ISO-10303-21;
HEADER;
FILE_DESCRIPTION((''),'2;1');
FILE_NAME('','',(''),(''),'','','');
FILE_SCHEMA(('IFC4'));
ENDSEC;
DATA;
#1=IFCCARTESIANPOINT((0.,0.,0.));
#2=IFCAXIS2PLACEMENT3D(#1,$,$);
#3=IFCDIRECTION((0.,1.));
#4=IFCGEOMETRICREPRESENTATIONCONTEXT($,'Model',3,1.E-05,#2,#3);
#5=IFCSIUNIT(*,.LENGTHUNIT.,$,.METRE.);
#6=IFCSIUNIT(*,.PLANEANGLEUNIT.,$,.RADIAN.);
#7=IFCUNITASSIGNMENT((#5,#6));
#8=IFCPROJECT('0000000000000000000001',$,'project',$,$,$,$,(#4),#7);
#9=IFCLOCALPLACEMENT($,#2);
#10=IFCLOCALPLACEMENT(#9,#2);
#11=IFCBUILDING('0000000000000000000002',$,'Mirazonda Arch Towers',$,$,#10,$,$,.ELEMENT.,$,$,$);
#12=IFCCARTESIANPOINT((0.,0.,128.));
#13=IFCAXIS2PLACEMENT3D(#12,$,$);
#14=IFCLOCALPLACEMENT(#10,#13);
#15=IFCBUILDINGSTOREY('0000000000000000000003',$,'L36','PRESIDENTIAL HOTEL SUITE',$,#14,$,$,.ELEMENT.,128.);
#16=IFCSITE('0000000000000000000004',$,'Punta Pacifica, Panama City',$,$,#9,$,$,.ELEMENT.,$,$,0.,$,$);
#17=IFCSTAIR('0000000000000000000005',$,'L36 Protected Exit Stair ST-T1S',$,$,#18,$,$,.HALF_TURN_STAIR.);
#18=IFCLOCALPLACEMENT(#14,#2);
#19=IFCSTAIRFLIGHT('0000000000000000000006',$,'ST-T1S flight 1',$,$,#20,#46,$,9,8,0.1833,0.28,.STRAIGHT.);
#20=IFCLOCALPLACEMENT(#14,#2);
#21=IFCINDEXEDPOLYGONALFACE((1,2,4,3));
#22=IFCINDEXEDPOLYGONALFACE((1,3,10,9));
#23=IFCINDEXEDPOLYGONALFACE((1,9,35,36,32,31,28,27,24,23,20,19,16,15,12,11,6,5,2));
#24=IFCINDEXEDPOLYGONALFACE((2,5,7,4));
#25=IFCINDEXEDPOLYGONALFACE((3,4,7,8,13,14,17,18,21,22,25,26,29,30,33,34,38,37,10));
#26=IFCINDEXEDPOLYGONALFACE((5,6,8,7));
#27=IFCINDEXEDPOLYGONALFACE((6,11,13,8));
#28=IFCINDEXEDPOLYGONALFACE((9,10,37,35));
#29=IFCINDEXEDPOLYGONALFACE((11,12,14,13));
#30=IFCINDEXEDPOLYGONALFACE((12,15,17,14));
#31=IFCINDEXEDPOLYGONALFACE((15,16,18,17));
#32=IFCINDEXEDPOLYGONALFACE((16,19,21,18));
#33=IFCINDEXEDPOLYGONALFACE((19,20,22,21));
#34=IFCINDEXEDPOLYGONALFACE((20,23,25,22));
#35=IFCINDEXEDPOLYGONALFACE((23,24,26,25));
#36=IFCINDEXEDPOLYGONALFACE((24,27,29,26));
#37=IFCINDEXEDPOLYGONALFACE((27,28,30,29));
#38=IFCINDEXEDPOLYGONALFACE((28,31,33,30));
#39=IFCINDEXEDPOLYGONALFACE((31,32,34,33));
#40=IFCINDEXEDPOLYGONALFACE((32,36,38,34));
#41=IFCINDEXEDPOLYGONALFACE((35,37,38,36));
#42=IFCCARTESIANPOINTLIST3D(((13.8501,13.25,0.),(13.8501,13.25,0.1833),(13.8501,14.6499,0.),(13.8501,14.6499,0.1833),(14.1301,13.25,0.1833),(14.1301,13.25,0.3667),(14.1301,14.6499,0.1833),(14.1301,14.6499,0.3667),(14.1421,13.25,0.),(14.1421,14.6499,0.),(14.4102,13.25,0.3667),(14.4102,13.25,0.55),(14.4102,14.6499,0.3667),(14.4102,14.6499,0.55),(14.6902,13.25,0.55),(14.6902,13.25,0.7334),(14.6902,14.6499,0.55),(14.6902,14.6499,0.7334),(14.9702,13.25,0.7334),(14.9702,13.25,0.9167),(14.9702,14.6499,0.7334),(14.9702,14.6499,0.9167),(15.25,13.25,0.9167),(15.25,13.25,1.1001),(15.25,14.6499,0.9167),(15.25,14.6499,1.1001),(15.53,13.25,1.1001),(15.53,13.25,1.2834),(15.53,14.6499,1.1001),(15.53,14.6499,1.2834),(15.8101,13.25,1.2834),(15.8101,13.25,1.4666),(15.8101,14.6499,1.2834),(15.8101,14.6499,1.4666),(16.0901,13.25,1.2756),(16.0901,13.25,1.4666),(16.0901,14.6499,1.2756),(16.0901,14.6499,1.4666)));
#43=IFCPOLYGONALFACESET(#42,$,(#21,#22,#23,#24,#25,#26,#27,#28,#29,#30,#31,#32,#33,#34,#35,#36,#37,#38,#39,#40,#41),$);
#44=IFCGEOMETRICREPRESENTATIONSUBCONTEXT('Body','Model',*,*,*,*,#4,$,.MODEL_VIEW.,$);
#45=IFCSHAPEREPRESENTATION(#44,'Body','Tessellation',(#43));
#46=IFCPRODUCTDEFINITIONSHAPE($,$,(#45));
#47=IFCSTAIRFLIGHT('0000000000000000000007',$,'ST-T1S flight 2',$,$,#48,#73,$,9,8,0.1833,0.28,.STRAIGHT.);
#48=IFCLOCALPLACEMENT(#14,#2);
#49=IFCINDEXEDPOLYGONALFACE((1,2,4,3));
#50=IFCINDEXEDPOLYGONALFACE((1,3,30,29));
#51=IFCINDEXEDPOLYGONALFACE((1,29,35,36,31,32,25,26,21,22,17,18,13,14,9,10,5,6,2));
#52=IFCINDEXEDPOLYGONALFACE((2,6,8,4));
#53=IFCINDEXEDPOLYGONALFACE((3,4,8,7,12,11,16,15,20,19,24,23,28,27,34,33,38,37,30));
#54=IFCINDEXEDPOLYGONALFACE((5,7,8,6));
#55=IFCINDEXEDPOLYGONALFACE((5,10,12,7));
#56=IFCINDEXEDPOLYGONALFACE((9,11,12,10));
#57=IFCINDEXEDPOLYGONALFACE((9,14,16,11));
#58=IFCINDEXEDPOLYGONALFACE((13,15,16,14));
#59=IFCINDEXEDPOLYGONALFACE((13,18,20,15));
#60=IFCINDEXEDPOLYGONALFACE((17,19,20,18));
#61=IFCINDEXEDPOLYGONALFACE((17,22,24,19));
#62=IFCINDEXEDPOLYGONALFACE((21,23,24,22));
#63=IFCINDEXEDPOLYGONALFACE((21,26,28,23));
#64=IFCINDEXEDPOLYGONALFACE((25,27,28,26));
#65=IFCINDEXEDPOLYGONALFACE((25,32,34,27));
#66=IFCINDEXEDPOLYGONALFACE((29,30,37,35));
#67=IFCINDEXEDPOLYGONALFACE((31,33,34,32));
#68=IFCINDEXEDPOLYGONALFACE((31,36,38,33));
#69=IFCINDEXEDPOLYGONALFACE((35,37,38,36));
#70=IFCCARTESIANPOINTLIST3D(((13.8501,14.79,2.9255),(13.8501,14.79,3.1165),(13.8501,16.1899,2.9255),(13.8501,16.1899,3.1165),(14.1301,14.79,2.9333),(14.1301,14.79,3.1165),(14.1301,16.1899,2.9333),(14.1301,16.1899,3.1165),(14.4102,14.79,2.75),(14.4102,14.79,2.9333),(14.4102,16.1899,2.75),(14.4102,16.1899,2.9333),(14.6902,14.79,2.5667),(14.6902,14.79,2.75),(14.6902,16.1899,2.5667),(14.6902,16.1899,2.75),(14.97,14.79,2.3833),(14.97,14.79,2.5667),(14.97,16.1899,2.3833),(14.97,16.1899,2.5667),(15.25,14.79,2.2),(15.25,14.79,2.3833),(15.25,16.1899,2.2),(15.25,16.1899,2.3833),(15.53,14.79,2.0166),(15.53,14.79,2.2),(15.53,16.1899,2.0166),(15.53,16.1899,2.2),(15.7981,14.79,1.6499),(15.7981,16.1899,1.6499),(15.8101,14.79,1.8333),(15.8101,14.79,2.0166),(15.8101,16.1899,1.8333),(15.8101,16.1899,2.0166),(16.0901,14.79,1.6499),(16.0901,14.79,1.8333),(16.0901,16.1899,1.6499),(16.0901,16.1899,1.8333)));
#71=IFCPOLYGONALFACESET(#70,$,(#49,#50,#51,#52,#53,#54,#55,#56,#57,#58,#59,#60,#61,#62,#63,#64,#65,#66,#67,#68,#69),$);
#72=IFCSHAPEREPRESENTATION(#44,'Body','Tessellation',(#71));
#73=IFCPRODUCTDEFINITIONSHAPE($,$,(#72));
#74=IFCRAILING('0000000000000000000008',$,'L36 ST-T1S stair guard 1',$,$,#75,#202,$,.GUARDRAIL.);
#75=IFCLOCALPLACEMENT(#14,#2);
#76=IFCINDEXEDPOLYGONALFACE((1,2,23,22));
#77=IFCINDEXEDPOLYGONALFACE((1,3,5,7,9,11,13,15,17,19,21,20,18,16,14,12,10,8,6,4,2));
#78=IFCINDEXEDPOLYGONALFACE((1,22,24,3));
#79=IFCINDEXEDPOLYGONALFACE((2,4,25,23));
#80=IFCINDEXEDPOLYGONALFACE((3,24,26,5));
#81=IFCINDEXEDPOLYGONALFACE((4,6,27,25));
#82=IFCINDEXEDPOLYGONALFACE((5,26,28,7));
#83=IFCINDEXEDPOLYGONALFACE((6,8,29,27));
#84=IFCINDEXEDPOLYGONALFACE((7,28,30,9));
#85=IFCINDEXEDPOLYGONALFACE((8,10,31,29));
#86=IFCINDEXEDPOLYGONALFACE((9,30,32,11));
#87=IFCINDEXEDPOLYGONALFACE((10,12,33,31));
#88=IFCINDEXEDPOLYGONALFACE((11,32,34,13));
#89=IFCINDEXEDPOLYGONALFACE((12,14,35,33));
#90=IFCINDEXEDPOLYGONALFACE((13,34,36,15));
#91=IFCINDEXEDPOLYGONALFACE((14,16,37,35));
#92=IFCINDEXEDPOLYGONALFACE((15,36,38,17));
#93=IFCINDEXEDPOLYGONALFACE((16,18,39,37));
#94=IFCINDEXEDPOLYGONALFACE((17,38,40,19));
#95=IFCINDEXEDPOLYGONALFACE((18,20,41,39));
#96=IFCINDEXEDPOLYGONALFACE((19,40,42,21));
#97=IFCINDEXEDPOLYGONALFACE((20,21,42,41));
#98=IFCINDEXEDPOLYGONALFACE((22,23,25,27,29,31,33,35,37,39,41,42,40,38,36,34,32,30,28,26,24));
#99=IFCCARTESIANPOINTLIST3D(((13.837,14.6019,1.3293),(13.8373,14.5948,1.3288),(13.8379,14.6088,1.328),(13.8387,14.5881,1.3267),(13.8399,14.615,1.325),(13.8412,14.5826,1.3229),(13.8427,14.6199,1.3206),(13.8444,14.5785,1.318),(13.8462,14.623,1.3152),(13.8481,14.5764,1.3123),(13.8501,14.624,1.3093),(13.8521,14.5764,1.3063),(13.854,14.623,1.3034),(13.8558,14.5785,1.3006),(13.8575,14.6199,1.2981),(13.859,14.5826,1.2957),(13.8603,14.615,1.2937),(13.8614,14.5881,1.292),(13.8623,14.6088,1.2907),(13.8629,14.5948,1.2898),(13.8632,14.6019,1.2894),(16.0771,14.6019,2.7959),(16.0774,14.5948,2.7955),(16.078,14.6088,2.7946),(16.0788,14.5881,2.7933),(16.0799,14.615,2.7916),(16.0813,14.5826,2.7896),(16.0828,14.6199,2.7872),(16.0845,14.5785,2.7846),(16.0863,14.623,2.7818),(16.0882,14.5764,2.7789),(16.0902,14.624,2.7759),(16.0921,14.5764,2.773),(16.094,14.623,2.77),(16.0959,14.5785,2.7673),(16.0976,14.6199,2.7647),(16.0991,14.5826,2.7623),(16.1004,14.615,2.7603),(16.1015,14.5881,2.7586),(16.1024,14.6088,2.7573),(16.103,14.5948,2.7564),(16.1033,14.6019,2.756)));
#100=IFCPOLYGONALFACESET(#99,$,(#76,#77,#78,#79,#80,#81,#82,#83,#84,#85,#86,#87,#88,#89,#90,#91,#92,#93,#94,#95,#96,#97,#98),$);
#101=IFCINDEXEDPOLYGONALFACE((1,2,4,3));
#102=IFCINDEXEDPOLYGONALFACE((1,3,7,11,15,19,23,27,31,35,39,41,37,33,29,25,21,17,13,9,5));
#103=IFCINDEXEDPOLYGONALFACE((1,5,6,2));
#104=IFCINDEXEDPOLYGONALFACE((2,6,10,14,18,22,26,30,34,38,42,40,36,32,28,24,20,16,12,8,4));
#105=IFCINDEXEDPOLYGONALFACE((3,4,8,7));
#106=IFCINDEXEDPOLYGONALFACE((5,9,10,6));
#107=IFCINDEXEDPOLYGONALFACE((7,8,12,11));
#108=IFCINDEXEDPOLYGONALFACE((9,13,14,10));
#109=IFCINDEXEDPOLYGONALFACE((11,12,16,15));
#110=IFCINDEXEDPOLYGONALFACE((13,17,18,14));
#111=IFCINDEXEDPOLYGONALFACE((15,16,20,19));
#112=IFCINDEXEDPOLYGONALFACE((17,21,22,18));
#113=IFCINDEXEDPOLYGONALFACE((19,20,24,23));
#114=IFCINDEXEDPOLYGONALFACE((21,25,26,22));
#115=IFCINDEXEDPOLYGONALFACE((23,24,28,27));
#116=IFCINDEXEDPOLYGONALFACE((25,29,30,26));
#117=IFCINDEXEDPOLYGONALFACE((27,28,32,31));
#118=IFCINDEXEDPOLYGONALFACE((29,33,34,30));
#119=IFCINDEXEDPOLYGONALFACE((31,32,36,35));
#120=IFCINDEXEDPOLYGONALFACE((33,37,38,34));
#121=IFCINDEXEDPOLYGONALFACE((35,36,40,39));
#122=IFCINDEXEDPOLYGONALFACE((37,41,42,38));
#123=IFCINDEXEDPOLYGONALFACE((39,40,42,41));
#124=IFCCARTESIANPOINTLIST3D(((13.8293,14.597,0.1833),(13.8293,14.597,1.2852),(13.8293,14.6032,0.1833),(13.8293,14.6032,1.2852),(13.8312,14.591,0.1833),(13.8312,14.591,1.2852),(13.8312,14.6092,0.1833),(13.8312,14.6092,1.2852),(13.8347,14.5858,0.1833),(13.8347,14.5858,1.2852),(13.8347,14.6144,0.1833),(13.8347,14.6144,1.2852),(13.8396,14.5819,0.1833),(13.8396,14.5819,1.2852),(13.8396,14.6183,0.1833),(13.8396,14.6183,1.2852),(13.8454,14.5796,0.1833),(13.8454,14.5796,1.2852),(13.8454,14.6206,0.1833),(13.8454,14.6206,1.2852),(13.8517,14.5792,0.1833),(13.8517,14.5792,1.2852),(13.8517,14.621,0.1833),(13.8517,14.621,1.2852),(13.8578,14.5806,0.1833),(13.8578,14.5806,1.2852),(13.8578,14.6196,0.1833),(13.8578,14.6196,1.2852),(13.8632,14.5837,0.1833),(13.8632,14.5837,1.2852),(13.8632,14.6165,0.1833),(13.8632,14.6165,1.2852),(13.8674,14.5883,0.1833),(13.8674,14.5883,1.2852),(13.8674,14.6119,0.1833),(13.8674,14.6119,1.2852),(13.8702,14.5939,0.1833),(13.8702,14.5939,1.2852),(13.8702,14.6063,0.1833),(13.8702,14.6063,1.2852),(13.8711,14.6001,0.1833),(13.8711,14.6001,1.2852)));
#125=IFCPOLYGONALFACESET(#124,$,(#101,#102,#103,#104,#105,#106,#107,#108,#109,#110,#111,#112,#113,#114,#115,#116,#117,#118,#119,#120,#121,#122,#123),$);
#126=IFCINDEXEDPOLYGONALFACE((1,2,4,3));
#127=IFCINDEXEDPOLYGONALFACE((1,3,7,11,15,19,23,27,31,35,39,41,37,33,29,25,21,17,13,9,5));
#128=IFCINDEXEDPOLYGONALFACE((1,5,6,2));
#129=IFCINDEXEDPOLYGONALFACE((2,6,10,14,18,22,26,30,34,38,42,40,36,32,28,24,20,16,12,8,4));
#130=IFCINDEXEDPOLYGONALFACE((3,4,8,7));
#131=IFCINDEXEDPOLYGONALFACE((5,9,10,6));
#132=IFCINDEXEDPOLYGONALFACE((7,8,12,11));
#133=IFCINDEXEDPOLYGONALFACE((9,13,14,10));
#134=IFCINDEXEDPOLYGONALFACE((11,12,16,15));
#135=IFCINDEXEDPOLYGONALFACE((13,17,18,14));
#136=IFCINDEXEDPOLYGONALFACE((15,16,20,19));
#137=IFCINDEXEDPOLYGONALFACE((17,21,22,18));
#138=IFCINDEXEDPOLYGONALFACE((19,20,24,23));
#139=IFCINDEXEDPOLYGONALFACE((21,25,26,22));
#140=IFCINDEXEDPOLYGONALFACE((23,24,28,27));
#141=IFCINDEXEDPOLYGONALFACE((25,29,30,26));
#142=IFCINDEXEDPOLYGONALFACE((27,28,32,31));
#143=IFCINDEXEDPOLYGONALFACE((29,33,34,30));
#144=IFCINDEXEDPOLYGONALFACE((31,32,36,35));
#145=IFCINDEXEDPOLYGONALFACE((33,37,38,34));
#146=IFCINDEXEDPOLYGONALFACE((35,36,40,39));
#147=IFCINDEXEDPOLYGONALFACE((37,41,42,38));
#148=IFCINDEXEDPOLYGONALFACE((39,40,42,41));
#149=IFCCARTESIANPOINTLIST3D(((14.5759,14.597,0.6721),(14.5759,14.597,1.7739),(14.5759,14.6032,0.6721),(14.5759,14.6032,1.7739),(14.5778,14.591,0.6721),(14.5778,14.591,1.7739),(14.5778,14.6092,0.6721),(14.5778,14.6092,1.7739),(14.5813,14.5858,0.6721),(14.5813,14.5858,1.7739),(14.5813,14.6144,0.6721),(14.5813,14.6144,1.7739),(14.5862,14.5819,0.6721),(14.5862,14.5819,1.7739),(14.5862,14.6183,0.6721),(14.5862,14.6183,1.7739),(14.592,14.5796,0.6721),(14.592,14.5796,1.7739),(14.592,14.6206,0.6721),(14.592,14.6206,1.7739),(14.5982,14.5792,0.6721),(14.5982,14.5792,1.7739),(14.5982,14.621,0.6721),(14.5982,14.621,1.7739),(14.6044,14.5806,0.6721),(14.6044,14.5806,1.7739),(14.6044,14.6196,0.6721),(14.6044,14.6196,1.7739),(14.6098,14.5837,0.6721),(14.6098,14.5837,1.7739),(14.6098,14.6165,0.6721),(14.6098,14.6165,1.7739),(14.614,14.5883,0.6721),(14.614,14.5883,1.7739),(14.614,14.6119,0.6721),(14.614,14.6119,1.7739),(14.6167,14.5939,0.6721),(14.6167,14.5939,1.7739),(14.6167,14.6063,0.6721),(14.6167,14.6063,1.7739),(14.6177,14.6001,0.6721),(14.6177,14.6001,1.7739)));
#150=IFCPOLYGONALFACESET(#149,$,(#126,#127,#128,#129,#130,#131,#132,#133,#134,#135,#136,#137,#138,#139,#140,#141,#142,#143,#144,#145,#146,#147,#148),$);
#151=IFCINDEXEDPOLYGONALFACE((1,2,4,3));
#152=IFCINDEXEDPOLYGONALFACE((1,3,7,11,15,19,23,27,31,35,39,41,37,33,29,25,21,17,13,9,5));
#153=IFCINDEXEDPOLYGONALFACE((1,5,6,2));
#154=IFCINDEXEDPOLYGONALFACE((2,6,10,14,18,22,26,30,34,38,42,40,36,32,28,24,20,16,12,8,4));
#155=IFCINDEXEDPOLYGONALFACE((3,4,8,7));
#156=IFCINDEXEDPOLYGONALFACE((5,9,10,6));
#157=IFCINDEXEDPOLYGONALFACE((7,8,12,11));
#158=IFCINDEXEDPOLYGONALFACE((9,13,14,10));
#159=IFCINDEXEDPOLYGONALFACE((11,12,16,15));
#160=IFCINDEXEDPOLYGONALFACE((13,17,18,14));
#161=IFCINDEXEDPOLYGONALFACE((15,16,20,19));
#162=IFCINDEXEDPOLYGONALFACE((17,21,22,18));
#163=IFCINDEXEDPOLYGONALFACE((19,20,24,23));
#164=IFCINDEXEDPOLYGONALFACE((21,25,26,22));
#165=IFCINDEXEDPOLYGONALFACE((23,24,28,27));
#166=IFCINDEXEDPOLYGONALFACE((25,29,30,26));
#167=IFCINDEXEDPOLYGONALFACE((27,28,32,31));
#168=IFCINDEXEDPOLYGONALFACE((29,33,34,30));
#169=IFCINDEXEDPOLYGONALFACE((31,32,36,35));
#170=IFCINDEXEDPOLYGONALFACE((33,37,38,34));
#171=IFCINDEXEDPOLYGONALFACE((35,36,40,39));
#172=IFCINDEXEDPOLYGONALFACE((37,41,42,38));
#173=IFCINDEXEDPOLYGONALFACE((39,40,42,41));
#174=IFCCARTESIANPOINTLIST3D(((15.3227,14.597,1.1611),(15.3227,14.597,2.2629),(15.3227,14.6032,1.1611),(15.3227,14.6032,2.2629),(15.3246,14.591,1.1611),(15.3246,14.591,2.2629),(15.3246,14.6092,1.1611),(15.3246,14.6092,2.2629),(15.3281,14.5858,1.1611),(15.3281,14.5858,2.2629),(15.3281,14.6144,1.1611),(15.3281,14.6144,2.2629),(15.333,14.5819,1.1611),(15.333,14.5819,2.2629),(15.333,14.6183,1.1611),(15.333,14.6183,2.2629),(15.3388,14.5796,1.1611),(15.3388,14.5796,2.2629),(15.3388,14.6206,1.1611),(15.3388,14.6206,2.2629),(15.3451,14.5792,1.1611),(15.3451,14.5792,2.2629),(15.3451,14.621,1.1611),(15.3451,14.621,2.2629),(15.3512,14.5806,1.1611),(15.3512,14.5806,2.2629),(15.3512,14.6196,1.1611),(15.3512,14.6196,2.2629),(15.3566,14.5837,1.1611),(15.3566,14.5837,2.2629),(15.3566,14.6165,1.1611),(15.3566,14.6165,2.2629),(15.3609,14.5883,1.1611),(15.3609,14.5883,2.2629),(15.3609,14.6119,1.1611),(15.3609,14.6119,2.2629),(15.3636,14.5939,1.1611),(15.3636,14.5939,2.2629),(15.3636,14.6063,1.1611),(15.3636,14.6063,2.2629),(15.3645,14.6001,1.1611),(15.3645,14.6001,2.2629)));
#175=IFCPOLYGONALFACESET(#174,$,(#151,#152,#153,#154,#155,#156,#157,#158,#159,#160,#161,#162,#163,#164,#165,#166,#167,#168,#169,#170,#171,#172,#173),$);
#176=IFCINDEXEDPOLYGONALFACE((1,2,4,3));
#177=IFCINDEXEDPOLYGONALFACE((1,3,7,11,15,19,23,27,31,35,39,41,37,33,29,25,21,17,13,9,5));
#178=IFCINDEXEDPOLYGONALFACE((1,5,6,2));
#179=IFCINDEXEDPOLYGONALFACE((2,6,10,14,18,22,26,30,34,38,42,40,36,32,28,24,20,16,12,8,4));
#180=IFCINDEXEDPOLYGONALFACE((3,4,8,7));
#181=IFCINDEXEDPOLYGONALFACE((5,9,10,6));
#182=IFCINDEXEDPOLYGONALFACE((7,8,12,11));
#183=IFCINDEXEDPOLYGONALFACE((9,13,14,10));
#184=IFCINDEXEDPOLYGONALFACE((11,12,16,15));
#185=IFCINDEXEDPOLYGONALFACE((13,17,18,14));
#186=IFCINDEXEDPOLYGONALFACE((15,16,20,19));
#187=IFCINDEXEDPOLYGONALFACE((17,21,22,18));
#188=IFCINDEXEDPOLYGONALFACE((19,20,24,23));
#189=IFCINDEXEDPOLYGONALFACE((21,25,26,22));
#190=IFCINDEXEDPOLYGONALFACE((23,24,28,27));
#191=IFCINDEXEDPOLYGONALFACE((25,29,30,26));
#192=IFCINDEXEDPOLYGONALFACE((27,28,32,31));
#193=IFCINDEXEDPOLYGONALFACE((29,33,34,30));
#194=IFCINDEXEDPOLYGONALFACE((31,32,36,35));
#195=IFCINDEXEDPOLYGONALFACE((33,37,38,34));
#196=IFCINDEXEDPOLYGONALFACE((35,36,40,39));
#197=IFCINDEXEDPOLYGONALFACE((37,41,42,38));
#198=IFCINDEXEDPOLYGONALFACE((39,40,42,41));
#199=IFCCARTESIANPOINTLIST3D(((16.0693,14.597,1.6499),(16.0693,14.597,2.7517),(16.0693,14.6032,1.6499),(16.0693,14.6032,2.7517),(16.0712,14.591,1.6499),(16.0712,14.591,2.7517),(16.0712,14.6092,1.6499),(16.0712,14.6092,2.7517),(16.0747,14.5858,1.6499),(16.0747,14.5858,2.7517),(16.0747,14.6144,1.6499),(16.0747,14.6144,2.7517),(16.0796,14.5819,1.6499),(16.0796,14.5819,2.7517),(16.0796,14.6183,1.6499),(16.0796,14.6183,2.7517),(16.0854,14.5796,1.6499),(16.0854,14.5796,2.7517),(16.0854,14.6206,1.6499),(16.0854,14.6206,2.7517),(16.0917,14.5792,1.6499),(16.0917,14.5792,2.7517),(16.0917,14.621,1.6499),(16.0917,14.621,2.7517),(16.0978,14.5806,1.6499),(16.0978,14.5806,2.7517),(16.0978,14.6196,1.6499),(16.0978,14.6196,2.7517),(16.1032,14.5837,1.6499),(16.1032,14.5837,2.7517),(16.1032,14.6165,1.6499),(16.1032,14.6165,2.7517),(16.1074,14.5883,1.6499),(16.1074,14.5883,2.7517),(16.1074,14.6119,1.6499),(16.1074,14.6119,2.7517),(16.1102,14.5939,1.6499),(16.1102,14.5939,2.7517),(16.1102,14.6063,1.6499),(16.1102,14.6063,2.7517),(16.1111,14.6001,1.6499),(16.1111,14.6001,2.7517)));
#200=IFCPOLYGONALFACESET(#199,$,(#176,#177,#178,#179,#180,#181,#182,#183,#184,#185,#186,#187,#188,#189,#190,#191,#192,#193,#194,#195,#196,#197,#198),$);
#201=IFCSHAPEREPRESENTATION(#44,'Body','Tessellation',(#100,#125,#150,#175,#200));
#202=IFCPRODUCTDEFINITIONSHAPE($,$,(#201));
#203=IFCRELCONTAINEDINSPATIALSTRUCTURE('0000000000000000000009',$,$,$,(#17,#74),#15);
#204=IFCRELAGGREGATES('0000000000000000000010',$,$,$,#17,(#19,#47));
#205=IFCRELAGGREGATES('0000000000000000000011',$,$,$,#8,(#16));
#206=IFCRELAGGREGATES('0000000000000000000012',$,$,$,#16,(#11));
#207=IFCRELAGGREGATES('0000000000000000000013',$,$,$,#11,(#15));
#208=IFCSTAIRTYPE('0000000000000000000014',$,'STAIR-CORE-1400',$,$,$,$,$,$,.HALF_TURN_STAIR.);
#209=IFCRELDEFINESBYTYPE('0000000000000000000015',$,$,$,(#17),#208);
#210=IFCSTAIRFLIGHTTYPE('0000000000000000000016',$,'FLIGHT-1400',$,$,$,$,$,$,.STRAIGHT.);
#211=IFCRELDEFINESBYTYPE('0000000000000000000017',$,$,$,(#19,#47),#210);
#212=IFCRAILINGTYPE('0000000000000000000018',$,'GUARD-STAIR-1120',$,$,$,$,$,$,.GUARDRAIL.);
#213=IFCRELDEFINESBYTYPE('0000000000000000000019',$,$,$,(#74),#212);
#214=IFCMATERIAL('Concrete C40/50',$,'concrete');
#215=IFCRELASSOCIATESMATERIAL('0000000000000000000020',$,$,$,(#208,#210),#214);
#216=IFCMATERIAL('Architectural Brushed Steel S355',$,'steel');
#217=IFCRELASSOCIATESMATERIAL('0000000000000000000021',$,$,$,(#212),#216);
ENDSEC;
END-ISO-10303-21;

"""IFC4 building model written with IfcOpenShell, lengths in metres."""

from ifc_helpers import new_model, si_unit, direction, frame, origin, origin_2d, place, context, subcontext, project, spatial, polyline, circle, outline, extrude, material, type_object, element, aggregate, save


model = new_model("IFC4")

# Units and contexts
model_context = context("Model", 3, precision=1e-05, world=origin(), true_north=direction((0.0, 1.0)))
body_context = subcontext(model_context, "Body", "Model", "MODEL_VIEW")
ifc_project = project(units=[si_unit("LENGTHUNIT", "METRE"), si_unit("PLANEANGLEUNIT", "RADIAN")], contexts=[model_context])

# Site, building, storey
site_placement = place(None, origin())
site = spatial("IfcSite", under=ifc_project, at=site_placement, Name="Punta Pacifica, Panama City", CompositionType="ELEMENT", RefElevation=0.0)
building_placement = place(site_placement, origin())
building = spatial("IfcBuilding", under=site, at=building_placement, Name="Mirazonda Arch Towers", CompositionType="ELEMENT")
storey_placement = place(building_placement, frame((0.0, 0.0, 128.0)))
storey = spatial("IfcBuildingStorey", under=building, at=storey_placement, Name="L36", Description="PRESIDENTIAL HOTEL SUITE", CompositionType="ELEMENT", Elevation=128.0)

# Shared definitions
ifc_material_1 = material(Name="Architectural Brushed Steel S355", Category="steel")

# Shared definitions
ifc_material_2 = material(Name="Concrete C40/50", Category="concrete")

# Stair, stair flights
stair_type = type_object("IfcStairType", Name="STAIR-CORE-1400", PredefinedType="HALF_TURN_STAIR", material=ifc_material_2)
stair_placement = place(storey_placement, origin())
stair = element("IfcStair", 1, at=stair_placement, inside=storey, type_object=stair_type, Name="L36 Protected Exit Stair ST-T1S", PredefinedType="HALF_TURN_STAIR")
stair_flight_type = type_object("IfcStairFlightType", Name="FLIGHT-1400", PredefinedType="STRAIGHT", material=ifc_material_2)
stair_flight_1_placement = place(storey_placement, frame((13.8501, 13.95, 0.0), z_axis=(0.0, 0.0, 1.0), x_axis=(1.0, 0.0, 0.0)))
stair_flight_1 = element("IfcStairFlight", 2, at=stair_flight_1_placement, type_object=stair_flight_type, Name="ST-T1S flight 1", NumberOfRisers=9, NumberOfTreads=8, PredefinedType="STRAIGHT", RiserHeight=0.1833, TreadLength=0.28, context=body_context, shape_type="SweptSolid", body=[
    extrude(outline(polyline([(0.0, 0.0), (0.0, 0.1833), (0.28, 0.1833), (0.28, 0.3667), (0.5601, 0.3667), (0.5601, 0.55), (0.8401, 0.55), (0.8401, 0.7334), (1.1201, 0.7334), (1.1201, 0.9167), (1.3999, 0.9167), (1.3999, 1.1001), (1.6799, 1.1001), (1.6799, 1.2834), (1.96, 1.2834), (1.96, 1.4666), (2.24, 1.4666), (2.24, 1.6499), (2.24, 1.2756), (0.292, 0.0), (0.0, 0.0)])), frame((0.0, 0.7, 0.0), z_axis=(0.0, -1.0, 0.0), x_axis=(1.0, 0.0, 0.0)), (0.0, 0.0, 1.0), 1.3999),
])
stair_flight_2_placement = place(storey_placement, frame((16.0901, 15.49, 1.6499), z_axis=(0.0, 0.0, 1.0), x_axis=(-1.0, 0.0, 0.0)))
stair_flight_2 = element("IfcStairFlight", 3, at=stair_flight_2_placement, type_object=stair_flight_type, Name="ST-T1S flight 2", NumberOfRisers=9, NumberOfTreads=8, PredefinedType="STRAIGHT", RiserHeight=0.1833, TreadLength=0.28, context=body_context, shape_type="SweptSolid", body=[
    extrude(outline(polyline([(0.0, 0.0), (0.0, 0.1833), (0.28, 0.1833), (0.28, 0.3667), (0.5601, 0.3667), (0.5601, 0.55), (0.8401, 0.55), (0.8401, 0.7334), (1.1201, 0.7334), (1.1201, 0.9167), (1.3999, 0.9167), (1.3999, 1.1001), (1.6799, 1.1001), (1.6799, 1.2834), (1.96, 1.2834), (1.96, 1.4666), (2.24, 1.4666), (2.24, 1.6499), (2.24, 1.2756), (0.292, 0.0), (0.0, 0.0)])), frame((0.0, 0.7, 0.0), z_axis=(0.0, -1.0, 0.0), x_axis=(1.0, 0.0, 0.0)), (0.0, 0.0, 1.0), 1.3999),
])
aggregate(stair, [stair_flight_1, stair_flight_2])

# Railing
railing_type_1 = type_object("IfcRailingType", Name="GUARD-STAIR-1120", PredefinedType="GUARDRAIL", material=ifc_material_1)
railing_1_placement = place(storey_placement, frame((13.8501, 14.6001, 0.1833)))
element("IfcRailing", 4, at=railing_1_placement, inside=storey, type_object=railing_type_1, Name="L36 ST-T1S stair guard 1", PredefinedType="GUARDRAIL", context=body_context, shape_type="SweptSolid", body=[
    extrude(circle(Radius=0.0239, at=origin_2d()), frame((0.0, 0.0, 1.126), z_axis=(0.836637, 0.0, 0.547758), x_axis=(0.0, 1.0, 0.0)), (0.0, 0.0, 1.0), 2.6775),
    extrude(circle(Radius=0.021, at=origin_2d()), origin(), (0.0, 0.0, 1.0), 1.1018),
    extrude(circle(Radius=0.021, at=origin_2d()), frame((0.7466, 0.0, 0.4888)), (0.0, 0.0, 1.0), 1.1018),
    extrude(circle(Radius=0.021, at=origin_2d()), frame((1.4934, 0.0, 0.9778)), (0.0, 0.0, 1.0), 1.1018),
    extrude(circle(Radius=0.021, at=origin_2d()), frame((2.24, 0.0, 1.4666)), (0.0, 0.0, 1.0), 1.1018),
])

save(model, "model.ifc")
